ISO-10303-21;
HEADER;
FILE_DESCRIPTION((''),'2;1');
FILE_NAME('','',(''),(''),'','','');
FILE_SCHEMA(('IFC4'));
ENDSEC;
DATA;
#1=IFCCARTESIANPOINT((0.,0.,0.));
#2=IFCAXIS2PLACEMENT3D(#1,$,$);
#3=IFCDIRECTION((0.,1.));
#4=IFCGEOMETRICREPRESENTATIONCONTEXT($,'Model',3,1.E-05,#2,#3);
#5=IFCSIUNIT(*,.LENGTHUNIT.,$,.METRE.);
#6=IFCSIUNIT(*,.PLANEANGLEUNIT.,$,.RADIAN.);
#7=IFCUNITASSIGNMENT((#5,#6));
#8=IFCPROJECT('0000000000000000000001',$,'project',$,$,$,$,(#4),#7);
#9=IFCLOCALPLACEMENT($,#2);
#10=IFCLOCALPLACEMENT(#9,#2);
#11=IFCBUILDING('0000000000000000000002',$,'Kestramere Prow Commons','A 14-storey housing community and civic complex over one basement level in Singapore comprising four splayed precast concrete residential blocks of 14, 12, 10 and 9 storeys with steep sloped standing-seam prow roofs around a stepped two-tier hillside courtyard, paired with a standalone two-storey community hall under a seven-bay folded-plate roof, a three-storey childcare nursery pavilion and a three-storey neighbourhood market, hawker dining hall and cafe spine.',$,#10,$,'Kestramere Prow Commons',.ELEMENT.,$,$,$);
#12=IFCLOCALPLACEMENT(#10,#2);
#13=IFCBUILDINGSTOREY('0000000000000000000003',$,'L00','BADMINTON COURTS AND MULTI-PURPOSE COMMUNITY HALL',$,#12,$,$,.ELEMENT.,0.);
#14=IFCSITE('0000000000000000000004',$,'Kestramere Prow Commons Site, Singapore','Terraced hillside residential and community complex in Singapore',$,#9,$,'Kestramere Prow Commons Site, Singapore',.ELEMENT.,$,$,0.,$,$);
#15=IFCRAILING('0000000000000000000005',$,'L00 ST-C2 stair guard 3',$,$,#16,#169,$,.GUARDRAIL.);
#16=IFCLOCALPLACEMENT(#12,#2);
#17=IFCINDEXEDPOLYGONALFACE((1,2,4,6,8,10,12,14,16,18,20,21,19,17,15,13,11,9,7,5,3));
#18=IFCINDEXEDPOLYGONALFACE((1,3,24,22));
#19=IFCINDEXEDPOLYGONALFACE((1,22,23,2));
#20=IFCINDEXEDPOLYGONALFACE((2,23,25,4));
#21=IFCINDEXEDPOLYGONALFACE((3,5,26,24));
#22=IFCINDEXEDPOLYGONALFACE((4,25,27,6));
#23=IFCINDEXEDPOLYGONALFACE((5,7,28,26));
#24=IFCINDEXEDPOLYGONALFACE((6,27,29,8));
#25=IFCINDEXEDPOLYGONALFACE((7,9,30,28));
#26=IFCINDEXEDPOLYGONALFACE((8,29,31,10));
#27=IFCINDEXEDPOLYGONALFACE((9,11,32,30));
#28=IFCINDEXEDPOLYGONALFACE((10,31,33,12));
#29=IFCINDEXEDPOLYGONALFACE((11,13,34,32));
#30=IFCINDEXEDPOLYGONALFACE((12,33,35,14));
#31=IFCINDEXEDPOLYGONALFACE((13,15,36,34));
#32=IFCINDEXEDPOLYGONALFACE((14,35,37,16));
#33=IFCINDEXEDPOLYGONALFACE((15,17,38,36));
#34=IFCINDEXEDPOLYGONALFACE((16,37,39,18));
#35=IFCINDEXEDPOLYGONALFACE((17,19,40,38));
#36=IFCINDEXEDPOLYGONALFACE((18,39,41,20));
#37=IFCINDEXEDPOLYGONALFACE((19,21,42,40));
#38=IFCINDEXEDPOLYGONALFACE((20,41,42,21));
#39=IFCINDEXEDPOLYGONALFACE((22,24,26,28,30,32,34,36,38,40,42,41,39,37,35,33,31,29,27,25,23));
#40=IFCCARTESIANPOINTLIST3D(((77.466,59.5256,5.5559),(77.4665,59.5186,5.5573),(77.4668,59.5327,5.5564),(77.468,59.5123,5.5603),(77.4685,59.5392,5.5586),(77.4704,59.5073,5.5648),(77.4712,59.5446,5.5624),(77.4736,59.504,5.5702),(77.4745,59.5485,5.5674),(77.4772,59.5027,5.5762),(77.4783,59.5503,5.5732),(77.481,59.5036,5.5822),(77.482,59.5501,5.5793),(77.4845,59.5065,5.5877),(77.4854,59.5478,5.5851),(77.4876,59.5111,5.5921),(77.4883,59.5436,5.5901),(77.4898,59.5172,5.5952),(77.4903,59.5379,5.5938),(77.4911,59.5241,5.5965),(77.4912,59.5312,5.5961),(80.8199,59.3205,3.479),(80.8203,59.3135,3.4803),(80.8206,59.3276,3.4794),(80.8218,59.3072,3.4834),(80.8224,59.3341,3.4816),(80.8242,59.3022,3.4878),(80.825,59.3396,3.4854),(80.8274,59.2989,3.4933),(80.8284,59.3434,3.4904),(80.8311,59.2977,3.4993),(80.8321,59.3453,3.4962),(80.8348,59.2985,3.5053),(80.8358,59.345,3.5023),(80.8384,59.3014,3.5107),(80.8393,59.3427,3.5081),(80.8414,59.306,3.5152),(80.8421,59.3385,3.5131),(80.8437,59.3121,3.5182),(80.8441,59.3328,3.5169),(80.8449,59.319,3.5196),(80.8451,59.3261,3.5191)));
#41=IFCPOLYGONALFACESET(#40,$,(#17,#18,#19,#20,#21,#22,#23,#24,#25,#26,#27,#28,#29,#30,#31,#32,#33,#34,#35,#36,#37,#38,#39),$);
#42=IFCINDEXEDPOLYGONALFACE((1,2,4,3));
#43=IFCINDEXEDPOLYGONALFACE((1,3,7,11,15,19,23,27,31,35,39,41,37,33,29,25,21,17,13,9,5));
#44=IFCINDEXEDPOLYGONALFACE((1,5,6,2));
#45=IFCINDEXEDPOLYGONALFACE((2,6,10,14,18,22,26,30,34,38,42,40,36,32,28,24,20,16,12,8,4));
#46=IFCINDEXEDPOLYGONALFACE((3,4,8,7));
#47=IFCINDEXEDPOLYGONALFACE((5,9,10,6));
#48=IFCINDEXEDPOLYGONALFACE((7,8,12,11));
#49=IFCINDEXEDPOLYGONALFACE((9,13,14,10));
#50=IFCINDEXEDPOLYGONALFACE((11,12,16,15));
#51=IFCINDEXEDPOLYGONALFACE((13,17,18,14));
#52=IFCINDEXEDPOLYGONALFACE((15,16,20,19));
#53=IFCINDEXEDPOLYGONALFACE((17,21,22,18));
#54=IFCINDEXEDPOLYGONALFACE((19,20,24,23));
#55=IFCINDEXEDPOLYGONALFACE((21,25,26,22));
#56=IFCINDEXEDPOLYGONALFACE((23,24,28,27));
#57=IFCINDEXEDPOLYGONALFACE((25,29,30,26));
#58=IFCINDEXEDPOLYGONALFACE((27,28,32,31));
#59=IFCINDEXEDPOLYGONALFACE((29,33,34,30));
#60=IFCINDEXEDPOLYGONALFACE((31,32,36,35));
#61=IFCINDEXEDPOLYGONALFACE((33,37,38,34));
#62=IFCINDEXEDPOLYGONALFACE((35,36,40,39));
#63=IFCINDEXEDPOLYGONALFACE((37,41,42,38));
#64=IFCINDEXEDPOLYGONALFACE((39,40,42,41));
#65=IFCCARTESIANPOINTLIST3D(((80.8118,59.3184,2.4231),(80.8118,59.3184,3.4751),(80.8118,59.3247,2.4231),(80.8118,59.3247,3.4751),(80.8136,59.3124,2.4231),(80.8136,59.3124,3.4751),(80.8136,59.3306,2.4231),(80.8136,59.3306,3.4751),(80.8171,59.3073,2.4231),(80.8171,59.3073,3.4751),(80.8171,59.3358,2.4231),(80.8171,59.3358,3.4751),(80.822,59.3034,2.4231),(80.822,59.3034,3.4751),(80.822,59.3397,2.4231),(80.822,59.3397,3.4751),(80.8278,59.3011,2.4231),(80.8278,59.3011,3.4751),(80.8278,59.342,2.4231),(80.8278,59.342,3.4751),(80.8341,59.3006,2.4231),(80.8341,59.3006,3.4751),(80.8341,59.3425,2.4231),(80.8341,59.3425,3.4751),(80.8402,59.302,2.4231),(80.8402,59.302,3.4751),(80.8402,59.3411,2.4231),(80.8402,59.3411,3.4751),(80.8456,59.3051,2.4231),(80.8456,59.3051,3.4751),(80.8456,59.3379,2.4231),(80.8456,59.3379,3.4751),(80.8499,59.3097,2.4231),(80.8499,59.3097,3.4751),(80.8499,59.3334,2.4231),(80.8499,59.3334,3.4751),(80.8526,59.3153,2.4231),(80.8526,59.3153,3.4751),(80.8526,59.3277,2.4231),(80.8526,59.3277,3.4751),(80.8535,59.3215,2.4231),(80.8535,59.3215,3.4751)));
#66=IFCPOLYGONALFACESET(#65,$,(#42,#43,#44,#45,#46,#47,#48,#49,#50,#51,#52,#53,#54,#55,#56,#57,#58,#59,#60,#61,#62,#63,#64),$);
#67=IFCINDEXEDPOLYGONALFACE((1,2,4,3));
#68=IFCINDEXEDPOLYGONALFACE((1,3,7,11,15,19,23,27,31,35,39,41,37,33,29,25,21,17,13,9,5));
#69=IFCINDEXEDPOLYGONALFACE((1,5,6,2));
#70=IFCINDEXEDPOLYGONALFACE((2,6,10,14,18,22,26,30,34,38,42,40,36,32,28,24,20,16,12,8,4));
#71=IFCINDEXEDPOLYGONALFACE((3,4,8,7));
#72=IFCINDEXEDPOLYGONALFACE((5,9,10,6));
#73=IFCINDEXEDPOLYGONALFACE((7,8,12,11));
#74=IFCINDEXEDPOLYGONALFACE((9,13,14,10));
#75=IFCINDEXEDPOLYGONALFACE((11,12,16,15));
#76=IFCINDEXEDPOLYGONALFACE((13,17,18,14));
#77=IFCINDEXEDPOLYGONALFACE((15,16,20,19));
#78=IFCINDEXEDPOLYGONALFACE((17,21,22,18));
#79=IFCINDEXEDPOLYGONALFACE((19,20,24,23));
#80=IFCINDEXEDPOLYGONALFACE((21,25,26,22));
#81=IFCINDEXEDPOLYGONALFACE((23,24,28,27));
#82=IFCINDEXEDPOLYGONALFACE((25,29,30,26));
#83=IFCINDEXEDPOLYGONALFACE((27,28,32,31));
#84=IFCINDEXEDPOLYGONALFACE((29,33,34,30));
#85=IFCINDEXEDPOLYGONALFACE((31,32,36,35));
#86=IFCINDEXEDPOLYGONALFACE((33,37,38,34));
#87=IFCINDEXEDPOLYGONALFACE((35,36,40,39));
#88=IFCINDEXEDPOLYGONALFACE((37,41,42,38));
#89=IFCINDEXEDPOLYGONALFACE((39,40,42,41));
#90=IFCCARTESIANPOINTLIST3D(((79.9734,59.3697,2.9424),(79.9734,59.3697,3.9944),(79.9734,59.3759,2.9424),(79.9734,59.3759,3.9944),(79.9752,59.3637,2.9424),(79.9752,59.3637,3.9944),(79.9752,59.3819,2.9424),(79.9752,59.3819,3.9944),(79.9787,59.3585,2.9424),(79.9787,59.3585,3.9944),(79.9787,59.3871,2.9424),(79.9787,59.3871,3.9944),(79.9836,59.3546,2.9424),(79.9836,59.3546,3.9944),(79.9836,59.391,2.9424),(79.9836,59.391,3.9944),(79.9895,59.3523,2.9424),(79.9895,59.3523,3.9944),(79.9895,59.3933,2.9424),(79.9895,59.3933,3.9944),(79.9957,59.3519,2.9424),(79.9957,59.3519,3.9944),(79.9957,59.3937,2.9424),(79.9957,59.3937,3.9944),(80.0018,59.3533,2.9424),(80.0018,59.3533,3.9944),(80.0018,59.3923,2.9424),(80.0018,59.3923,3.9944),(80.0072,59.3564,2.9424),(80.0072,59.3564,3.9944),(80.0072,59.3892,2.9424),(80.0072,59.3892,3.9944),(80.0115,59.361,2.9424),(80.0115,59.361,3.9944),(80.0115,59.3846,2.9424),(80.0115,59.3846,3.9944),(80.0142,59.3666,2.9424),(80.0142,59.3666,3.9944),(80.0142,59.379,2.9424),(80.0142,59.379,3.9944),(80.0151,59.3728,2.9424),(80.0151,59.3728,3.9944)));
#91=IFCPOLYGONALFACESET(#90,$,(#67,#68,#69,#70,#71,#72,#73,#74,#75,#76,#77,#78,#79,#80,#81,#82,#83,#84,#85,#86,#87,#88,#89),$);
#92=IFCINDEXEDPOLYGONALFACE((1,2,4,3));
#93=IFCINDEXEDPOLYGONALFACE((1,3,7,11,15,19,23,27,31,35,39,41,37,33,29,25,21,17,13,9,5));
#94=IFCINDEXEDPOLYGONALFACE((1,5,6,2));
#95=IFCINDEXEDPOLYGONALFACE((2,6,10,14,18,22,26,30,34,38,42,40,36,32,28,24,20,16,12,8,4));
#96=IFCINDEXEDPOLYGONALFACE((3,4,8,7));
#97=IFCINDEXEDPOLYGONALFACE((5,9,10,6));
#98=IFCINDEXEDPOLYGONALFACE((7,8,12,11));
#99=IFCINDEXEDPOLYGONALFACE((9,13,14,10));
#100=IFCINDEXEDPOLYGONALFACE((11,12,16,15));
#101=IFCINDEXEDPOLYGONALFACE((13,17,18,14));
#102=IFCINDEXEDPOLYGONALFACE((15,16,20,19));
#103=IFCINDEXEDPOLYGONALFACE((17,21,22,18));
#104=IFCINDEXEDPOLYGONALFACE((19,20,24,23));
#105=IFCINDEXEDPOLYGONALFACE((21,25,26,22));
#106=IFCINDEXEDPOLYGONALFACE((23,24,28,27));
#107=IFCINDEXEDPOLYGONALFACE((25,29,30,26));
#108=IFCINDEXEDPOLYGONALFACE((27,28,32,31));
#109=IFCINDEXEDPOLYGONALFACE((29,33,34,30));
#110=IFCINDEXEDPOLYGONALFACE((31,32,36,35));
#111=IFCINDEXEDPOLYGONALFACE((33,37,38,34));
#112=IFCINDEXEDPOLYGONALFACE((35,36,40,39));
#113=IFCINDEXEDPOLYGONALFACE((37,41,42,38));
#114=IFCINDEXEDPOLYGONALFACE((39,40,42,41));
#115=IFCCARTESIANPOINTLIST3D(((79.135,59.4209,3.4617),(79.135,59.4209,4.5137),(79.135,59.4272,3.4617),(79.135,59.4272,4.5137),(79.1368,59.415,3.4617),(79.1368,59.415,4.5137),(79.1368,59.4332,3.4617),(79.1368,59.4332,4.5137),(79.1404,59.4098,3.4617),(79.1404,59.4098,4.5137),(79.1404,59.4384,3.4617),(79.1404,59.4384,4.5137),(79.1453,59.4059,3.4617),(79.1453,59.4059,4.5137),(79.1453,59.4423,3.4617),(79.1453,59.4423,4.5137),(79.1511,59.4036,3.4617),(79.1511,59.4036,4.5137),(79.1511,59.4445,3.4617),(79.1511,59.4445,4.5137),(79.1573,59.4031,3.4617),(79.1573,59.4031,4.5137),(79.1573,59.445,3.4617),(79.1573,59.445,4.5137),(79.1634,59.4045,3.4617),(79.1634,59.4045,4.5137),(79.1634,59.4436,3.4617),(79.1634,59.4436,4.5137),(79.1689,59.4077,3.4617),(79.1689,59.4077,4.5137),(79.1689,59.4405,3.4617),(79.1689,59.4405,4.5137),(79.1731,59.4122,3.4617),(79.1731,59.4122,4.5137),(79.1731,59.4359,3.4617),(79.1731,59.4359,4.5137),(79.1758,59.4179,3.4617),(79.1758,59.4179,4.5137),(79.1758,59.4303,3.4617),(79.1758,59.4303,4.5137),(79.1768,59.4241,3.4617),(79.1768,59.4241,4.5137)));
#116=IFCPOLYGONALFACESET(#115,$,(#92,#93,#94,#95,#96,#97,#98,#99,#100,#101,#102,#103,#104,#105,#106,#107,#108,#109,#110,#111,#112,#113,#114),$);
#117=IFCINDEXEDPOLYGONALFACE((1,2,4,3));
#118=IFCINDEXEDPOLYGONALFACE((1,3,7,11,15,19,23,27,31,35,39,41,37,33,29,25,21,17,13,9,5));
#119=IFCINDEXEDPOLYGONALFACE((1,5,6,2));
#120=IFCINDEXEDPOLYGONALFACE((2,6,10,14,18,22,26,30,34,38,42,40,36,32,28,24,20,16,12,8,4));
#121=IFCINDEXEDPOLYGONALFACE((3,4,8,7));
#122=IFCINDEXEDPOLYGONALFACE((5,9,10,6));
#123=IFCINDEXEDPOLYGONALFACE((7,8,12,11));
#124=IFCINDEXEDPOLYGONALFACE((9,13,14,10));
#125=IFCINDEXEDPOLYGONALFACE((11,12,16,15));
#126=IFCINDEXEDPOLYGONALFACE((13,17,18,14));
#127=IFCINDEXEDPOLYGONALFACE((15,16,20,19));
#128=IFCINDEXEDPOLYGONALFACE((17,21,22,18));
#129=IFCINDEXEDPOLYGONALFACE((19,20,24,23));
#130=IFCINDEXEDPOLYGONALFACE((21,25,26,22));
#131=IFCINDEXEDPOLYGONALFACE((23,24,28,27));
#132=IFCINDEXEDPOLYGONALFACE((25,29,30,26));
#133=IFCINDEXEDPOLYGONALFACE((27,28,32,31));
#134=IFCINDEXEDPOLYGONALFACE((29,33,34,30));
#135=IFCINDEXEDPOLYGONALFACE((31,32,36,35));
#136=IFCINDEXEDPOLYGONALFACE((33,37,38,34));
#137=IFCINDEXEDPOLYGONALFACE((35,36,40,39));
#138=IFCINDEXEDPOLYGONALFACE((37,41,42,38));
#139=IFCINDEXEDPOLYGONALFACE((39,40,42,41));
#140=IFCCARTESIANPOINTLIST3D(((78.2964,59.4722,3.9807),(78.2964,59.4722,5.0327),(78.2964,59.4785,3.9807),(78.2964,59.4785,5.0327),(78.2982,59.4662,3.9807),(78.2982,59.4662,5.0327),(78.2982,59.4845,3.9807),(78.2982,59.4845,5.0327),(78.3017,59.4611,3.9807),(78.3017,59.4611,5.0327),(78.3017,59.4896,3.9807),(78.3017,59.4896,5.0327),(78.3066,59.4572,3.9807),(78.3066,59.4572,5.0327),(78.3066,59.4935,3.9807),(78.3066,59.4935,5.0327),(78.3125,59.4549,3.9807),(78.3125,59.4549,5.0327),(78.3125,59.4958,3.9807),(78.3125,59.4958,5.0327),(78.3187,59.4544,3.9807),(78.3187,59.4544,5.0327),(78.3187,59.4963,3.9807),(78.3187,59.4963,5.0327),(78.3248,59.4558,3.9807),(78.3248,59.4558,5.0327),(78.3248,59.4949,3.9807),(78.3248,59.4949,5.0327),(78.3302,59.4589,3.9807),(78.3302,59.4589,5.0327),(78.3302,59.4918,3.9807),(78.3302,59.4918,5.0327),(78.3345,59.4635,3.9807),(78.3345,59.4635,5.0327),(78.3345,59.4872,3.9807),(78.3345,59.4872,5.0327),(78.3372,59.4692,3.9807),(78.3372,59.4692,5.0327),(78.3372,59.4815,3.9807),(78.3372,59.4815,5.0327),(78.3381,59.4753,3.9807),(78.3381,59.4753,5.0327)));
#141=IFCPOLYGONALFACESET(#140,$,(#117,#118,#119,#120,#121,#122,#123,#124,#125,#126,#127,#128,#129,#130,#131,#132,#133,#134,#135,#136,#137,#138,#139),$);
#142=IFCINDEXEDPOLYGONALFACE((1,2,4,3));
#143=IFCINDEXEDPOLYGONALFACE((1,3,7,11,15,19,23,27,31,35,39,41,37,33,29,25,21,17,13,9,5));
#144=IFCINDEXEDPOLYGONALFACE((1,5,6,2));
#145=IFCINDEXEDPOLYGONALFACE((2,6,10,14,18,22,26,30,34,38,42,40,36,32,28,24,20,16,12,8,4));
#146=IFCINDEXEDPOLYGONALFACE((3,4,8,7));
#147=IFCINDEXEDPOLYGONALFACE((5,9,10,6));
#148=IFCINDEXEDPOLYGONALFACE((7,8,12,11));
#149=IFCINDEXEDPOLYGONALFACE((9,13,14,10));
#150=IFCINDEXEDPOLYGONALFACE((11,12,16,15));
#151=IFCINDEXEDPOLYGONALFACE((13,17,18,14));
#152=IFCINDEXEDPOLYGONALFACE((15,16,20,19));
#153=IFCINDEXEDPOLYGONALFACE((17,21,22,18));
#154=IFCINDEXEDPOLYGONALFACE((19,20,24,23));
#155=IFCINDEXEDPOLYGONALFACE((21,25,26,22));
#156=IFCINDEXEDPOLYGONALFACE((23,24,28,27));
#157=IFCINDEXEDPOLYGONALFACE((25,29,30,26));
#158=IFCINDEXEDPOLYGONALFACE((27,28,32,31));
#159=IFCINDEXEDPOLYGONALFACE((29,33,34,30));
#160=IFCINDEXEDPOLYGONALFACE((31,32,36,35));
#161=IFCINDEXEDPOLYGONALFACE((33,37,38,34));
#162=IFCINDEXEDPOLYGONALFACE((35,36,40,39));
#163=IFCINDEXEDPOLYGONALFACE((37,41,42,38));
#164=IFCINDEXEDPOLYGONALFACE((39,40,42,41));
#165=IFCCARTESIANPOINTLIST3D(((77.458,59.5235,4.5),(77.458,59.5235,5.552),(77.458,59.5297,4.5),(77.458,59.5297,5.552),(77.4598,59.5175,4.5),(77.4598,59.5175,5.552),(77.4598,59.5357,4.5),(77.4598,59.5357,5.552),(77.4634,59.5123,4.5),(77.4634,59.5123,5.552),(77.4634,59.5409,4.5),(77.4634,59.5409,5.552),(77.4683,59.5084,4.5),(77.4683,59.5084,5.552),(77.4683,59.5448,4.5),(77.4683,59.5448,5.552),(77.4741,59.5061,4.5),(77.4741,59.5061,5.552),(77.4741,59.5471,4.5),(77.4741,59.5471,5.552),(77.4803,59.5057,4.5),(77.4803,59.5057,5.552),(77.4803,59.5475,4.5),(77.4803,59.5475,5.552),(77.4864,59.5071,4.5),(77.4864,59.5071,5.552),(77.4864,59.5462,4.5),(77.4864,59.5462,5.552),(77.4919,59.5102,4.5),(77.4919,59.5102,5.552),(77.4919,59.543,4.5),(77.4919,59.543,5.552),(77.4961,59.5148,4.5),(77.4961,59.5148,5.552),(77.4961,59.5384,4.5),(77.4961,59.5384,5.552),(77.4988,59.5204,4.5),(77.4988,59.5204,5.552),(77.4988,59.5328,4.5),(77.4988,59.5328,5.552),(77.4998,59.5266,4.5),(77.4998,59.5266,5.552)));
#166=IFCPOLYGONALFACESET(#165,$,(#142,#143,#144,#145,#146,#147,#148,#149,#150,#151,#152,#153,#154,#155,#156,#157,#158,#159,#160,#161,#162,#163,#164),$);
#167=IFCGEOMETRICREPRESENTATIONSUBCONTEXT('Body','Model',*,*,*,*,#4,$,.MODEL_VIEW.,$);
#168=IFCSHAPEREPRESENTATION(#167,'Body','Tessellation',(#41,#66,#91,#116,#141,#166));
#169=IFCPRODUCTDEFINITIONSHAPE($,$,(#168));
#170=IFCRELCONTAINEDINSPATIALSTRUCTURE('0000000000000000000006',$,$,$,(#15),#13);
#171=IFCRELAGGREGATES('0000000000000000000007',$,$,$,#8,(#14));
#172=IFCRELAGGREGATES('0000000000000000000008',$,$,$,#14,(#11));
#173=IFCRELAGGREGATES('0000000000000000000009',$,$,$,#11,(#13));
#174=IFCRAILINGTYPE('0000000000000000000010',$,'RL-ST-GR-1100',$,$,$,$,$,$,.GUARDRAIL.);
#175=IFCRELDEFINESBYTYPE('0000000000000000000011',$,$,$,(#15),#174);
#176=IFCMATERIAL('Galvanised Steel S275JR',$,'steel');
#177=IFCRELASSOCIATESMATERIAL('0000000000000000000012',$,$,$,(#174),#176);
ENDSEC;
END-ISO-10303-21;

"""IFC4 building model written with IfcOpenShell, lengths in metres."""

from ifc_helpers import new_model, si_unit, direction, frame, origin, origin_2d, place, context, subcontext, project, spatial, circle, extrude, material, type_object, element, save


model = new_model("IFC4")

# Units and contexts
model_context = context("Model", 3, precision=1e-05, world=origin(), true_north=direction((0.0, 1.0)))
body_context = subcontext(model_context, "Body", "Model", "MODEL_VIEW")
ifc_project = project(units=[si_unit("LENGTHUNIT", "METRE"), si_unit("PLANEANGLEUNIT", "RADIAN")], contexts=[model_context])

# Site, building, storey
site_placement = place(None, origin())
site = spatial("IfcSite", under=ifc_project, at=site_placement, Name="Kestramere Prow Commons Site, Singapore", Description="Terraced hillside residential and community complex in Singapore", LongName="Kestramere Prow Commons Site, Singapore", CompositionType="ELEMENT", RefElevation=0.0)
building_placement = place(site_placement, origin())
building = spatial("IfcBuilding", under=site, at=building_placement, Name="Kestramere Prow Commons", Description="A 14-storey housing community and civic complex over one basement level in Singapore comprising four splayed precast concrete residential blocks of 14, 12, 10 and 9 storeys with steep sloped standing-seam prow roofs around a stepped two-tier hillside courtyard, paired with a standalone two-storey community hall under a seven-bay folded-plate roof, a three-storey childcare nursery pavilion and a three-storey neighbourhood market, hawker dining hall and cafe spine.", LongName="Kestramere Prow Commons", CompositionType="ELEMENT")
storey_placement = place(building_placement, origin())
storey = spatial("IfcBuildingStorey", under=building, at=storey_placement, Name="L00", Description="BADMINTON COURTS AND MULTI-PURPOSE COMMUNITY HALL", CompositionType="ELEMENT", Elevation=0.0)

# Railing
ifc_material_1 = material(Name="Galvanised Steel S275JR", Category="steel")
railing_type_1 = type_object("IfcRailingType", Name="RL-ST-GR-1100", PredefinedType="GUARDRAIL", material=ifc_material_1)
railing_1_placement = place(storey_placement, frame((80.8325, 59.3215, 2.4231)))
element("IfcRailing", 1, at=railing_1_placement, inside=storey, type_object=railing_type_1, Name="L00 ST-C2 stair guard 3", PredefinedType="GUARDRAIL", context=body_context, shape_type="SweptSolid", body=[
    extrude(circle(Radius=0.0239, at=origin_2d()), frame((0.0, 0.0, 1.0762), z_axis=(-0.849032, 0.051917, 0.525785), x_axis=(-0.061035, -0.998136, 0.0)), (0.0, 0.0, 1.0), 3.9502),
    extrude(circle(Radius=0.021, at=origin_2d()), origin(), (0.0, 0.0, 1.0), 1.052),
    extrude(circle(Radius=0.021, at=origin_2d()), frame((-0.8384, 0.0513, 0.5193)), (0.0, 0.0, 1.0), 1.052),
    extrude(circle(Radius=0.021, at=origin_2d()), frame((-1.6768, 0.1025, 1.0386)), (0.0, 0.0, 1.0), 1.052),
    extrude(circle(Radius=0.021, at=origin_2d()), frame((-2.5154, 0.1538, 1.5576)), (0.0, 0.0, 1.0), 1.052),
    extrude(circle(Radius=0.021, at=origin_2d()), frame((-3.3538, 0.2051, 2.0769)), (0.0, 0.0, 1.0), 1.052),
])

save(model, "model.ifc")
